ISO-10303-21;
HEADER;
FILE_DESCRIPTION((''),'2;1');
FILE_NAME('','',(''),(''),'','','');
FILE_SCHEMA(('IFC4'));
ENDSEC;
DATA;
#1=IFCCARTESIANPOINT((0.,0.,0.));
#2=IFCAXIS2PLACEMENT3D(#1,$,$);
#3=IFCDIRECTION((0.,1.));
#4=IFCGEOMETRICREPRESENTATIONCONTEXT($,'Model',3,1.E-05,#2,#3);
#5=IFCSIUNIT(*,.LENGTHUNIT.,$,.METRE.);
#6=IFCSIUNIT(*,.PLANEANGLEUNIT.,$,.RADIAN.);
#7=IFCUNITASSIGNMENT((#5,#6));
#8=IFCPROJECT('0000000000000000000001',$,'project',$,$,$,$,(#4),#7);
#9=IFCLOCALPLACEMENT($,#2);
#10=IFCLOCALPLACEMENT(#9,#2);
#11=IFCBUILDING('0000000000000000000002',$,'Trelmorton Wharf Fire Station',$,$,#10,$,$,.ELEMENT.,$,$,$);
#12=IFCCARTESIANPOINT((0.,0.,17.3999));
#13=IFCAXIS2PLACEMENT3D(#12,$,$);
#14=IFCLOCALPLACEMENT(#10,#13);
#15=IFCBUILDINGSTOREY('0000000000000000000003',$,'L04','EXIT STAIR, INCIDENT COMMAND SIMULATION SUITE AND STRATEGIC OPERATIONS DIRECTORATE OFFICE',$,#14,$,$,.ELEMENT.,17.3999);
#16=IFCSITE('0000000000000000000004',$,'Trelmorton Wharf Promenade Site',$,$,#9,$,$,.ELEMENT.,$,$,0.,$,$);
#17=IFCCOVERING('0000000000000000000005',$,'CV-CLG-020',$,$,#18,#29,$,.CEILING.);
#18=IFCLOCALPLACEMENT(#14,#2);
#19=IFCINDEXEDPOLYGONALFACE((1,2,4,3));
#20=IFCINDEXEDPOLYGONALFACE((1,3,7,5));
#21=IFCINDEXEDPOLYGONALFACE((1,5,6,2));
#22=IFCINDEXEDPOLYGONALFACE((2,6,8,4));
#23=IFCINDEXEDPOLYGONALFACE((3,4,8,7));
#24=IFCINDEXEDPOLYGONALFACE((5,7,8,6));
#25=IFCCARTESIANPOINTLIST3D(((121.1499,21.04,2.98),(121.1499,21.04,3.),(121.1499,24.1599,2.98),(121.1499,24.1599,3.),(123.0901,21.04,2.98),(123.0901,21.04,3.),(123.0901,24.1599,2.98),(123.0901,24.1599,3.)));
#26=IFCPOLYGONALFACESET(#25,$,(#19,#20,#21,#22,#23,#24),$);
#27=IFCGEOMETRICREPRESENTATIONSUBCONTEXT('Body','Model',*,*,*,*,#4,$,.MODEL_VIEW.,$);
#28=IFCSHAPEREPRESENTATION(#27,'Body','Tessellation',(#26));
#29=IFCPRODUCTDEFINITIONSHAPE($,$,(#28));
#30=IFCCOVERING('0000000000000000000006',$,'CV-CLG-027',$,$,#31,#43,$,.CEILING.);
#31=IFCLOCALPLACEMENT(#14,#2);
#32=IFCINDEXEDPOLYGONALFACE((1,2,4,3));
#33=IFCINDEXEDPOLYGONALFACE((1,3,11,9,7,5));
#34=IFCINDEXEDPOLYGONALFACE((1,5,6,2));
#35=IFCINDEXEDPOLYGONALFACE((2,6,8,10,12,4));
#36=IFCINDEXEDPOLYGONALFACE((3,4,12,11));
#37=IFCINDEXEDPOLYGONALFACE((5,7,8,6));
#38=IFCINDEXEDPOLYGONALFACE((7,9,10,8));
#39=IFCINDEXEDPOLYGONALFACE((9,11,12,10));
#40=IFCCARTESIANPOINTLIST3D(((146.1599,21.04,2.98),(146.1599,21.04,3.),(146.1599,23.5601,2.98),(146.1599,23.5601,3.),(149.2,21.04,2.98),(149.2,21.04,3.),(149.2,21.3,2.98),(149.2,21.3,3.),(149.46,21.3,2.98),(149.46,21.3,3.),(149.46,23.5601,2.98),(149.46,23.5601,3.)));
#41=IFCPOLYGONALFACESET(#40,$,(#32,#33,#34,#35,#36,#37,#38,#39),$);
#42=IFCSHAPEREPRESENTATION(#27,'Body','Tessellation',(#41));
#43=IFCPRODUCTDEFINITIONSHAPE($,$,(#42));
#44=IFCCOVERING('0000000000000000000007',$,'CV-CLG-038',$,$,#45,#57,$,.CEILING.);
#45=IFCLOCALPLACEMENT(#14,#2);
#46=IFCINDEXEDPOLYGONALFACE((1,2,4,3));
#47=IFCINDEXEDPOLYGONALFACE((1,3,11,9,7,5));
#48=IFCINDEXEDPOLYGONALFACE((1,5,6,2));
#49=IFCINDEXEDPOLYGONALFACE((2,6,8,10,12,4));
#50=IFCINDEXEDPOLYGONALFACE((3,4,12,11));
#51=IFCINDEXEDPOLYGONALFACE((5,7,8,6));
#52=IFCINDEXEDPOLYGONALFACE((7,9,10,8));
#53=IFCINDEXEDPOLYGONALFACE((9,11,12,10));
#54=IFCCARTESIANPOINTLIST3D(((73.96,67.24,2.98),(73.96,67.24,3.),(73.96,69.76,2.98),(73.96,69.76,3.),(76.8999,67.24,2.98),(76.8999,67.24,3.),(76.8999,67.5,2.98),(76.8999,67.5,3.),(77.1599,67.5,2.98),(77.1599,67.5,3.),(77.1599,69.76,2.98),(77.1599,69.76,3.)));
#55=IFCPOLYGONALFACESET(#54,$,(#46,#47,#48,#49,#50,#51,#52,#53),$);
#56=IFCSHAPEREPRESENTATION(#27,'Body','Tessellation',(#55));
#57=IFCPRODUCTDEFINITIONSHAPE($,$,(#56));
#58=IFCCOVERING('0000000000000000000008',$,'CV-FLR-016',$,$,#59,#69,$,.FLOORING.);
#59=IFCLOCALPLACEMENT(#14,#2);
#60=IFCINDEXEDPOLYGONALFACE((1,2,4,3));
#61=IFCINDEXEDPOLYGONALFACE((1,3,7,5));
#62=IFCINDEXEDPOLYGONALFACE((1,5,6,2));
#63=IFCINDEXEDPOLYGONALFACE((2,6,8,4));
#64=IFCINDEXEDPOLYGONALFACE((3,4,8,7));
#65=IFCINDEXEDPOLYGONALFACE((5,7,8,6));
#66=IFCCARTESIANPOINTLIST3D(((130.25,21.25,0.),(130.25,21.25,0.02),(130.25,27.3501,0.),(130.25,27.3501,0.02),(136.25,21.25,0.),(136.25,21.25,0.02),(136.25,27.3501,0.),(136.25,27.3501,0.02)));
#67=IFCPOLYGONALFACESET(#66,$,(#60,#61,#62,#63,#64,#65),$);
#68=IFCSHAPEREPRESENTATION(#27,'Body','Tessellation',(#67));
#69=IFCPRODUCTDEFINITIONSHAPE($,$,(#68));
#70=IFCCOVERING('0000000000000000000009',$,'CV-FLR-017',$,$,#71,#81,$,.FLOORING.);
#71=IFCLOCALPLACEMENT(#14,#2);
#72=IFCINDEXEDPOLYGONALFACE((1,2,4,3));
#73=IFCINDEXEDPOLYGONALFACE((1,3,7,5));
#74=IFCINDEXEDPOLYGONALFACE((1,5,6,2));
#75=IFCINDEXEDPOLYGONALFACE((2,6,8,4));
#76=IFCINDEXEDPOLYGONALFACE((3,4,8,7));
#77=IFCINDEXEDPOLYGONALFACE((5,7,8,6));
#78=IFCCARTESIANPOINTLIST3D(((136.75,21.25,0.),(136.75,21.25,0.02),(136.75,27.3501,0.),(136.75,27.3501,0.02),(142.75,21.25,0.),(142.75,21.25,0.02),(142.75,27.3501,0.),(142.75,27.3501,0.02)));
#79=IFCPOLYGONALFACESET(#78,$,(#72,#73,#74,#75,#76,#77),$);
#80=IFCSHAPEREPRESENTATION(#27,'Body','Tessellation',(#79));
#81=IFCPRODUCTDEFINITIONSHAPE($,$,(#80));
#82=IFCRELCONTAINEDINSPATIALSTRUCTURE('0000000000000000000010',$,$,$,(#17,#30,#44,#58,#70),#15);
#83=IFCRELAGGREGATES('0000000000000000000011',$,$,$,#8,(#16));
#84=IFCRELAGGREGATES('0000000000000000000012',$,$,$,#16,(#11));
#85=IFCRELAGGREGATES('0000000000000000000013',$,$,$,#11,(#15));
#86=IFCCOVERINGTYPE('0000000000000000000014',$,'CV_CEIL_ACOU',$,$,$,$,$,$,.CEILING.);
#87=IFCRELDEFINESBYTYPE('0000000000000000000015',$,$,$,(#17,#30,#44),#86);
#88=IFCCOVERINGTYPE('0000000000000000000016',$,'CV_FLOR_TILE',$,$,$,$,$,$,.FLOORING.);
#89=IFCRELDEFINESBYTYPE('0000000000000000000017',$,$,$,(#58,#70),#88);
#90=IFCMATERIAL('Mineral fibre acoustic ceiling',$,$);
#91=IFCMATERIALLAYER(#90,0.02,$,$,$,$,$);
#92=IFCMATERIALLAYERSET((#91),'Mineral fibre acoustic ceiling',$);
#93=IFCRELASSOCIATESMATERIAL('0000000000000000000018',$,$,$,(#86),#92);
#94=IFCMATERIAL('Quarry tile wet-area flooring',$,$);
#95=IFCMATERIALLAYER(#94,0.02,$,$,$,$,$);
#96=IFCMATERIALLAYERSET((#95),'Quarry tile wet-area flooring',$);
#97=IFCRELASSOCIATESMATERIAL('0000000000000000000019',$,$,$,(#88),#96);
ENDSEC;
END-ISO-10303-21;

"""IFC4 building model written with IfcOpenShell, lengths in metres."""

from ifc_helpers import new_model, si_unit, direction, frame, origin, place, context, subcontext, project, spatial, polyline, outline, extrude, material, layer, layer_set, type_object, element, save


model = new_model("IFC4")

# Units and contexts
model_context = context("Model", 3, precision=1e-05, world=origin(), true_north=direction((0.0, 1.0)))
body_context = subcontext(model_context, "Body", "Model", "MODEL_VIEW")
ifc_project = project(units=[si_unit("LENGTHUNIT", "METRE"), si_unit("PLANEANGLEUNIT", "RADIAN")], contexts=[model_context])

# Site, building, storey
site_placement = place(None, origin())
site = spatial("IfcSite", under=ifc_project, at=site_placement, Name="Trelmorton Wharf Promenade Site", CompositionType="ELEMENT", RefElevation=0.0)
building_placement = place(site_placement, origin())
building = spatial("IfcBuilding", under=site, at=building_placement, Name="Trelmorton Wharf Fire Station", CompositionType="ELEMENT")
storey_placement = place(building_placement, frame((0.0, 0.0, 17.3999)))
storey = spatial("IfcBuildingStorey", under=building, at=storey_placement, Name="L04", Description="EXIT STAIR, INCIDENT COMMAND SIMULATION SUITE AND STRATEGIC OPERATIONS DIRECTORATE OFFICE", CompositionType="ELEMENT", Elevation=17.3999)

# Coverings
ifc_material_1 = material(Name="Mineral fibre acoustic ceiling")
ifc_layer_1 = layer(ifc_material_1, 0.02)
ifc_layer_set_1 = layer_set([ifc_layer_1], Name="Mineral fibre acoustic ceiling")
covering_type_1 = type_object("IfcCoveringType", Name="CV_CEIL_ACOU", PredefinedType="CEILING", material=ifc_layer_set_1)
covering_1_placement = place(storey_placement, frame((0.0, 0.0, 2.98)))
element("IfcCovering", 1, at=covering_1_placement, inside=storey, type_object=covering_type_1, Name="CV-CLG-020", PredefinedType="CEILING", context=body_context, shape_type="SweptSolid", body=[
    extrude(outline(polyline([(123.0901, 21.04), (123.0901, 24.1599), (121.1499, 24.1599), (121.1499, 21.04), (123.0901, 21.04)])), origin(), (0.0, 0.0, 1.0), 0.02),
])
covering_2_placement = place(storey_placement, frame((0.0, 0.0, 2.98)))
element("IfcCovering", 2, at=covering_2_placement, inside=storey, type_object=covering_type_1, Name="CV-CLG-027", PredefinedType="CEILING", context=body_context, shape_type="SweptSolid", body=[
    extrude(outline(polyline([(146.1599, 21.04), (146.1599, 23.5601), (149.46, 23.5601), (149.46, 21.3), (149.2, 21.3), (149.2, 21.04), (146.1599, 21.04)])), origin(), (0.0, 0.0, 1.0), 0.02),
])
covering_3_placement = place(storey_placement, frame((0.0, 0.0, 2.98)))
element("IfcCovering", 3, at=covering_3_placement, inside=storey, type_object=covering_type_1, Name="CV-CLG-038", PredefinedType="CEILING", context=body_context, shape_type="SweptSolid", body=[
    extrude(outline(polyline([(73.96, 67.24), (73.96, 69.76), (77.1599, 69.76), (77.1599, 67.5), (76.8999, 67.5), (76.8999, 67.24), (73.96, 67.24)])), origin(), (0.0, 0.0, 1.0), 0.02),
])
ifc_material_2 = material(Name="Quarry tile wet-area flooring")
ifc_layer_2 = layer(ifc_material_2, 0.02)
ifc_layer_set_2 = layer_set([ifc_layer_2], Name="Quarry tile wet-area flooring")
covering_type_2 = type_object("IfcCoveringType", Name="CV_FLOR_TILE", PredefinedType="FLOORING", material=ifc_layer_set_2)
covering_4_placement = place(storey_placement, origin())
element("IfcCovering", 4, at=covering_4_placement, inside=storey, type_object=covering_type_2, Name="CV-FLR-016", PredefinedType="FLOORING", context=body_context, shape_type="SweptSolid", body=[
    extrude(outline(polyline([(136.25, 21.25), (136.25, 27.3501), (130.25, 27.3501), (130.25, 21.25), (136.25, 21.25)])), origin(), (0.0, 0.0, 1.0), 0.02),
])
covering_5_placement = place(storey_placement, origin())
element("IfcCovering", 5, at=covering_5_placement, inside=storey, type_object=covering_type_2, Name="CV-FLR-017", PredefinedType="FLOORING", context=body_context, shape_type="SweptSolid", body=[
    extrude(outline(polyline([(142.75, 21.25), (142.75, 27.3501), (136.75, 27.3501), (136.75, 21.25), (142.75, 21.25)])), origin(), (0.0, 0.0, 1.0), 0.02),
])

save(model, "model.ifc")
